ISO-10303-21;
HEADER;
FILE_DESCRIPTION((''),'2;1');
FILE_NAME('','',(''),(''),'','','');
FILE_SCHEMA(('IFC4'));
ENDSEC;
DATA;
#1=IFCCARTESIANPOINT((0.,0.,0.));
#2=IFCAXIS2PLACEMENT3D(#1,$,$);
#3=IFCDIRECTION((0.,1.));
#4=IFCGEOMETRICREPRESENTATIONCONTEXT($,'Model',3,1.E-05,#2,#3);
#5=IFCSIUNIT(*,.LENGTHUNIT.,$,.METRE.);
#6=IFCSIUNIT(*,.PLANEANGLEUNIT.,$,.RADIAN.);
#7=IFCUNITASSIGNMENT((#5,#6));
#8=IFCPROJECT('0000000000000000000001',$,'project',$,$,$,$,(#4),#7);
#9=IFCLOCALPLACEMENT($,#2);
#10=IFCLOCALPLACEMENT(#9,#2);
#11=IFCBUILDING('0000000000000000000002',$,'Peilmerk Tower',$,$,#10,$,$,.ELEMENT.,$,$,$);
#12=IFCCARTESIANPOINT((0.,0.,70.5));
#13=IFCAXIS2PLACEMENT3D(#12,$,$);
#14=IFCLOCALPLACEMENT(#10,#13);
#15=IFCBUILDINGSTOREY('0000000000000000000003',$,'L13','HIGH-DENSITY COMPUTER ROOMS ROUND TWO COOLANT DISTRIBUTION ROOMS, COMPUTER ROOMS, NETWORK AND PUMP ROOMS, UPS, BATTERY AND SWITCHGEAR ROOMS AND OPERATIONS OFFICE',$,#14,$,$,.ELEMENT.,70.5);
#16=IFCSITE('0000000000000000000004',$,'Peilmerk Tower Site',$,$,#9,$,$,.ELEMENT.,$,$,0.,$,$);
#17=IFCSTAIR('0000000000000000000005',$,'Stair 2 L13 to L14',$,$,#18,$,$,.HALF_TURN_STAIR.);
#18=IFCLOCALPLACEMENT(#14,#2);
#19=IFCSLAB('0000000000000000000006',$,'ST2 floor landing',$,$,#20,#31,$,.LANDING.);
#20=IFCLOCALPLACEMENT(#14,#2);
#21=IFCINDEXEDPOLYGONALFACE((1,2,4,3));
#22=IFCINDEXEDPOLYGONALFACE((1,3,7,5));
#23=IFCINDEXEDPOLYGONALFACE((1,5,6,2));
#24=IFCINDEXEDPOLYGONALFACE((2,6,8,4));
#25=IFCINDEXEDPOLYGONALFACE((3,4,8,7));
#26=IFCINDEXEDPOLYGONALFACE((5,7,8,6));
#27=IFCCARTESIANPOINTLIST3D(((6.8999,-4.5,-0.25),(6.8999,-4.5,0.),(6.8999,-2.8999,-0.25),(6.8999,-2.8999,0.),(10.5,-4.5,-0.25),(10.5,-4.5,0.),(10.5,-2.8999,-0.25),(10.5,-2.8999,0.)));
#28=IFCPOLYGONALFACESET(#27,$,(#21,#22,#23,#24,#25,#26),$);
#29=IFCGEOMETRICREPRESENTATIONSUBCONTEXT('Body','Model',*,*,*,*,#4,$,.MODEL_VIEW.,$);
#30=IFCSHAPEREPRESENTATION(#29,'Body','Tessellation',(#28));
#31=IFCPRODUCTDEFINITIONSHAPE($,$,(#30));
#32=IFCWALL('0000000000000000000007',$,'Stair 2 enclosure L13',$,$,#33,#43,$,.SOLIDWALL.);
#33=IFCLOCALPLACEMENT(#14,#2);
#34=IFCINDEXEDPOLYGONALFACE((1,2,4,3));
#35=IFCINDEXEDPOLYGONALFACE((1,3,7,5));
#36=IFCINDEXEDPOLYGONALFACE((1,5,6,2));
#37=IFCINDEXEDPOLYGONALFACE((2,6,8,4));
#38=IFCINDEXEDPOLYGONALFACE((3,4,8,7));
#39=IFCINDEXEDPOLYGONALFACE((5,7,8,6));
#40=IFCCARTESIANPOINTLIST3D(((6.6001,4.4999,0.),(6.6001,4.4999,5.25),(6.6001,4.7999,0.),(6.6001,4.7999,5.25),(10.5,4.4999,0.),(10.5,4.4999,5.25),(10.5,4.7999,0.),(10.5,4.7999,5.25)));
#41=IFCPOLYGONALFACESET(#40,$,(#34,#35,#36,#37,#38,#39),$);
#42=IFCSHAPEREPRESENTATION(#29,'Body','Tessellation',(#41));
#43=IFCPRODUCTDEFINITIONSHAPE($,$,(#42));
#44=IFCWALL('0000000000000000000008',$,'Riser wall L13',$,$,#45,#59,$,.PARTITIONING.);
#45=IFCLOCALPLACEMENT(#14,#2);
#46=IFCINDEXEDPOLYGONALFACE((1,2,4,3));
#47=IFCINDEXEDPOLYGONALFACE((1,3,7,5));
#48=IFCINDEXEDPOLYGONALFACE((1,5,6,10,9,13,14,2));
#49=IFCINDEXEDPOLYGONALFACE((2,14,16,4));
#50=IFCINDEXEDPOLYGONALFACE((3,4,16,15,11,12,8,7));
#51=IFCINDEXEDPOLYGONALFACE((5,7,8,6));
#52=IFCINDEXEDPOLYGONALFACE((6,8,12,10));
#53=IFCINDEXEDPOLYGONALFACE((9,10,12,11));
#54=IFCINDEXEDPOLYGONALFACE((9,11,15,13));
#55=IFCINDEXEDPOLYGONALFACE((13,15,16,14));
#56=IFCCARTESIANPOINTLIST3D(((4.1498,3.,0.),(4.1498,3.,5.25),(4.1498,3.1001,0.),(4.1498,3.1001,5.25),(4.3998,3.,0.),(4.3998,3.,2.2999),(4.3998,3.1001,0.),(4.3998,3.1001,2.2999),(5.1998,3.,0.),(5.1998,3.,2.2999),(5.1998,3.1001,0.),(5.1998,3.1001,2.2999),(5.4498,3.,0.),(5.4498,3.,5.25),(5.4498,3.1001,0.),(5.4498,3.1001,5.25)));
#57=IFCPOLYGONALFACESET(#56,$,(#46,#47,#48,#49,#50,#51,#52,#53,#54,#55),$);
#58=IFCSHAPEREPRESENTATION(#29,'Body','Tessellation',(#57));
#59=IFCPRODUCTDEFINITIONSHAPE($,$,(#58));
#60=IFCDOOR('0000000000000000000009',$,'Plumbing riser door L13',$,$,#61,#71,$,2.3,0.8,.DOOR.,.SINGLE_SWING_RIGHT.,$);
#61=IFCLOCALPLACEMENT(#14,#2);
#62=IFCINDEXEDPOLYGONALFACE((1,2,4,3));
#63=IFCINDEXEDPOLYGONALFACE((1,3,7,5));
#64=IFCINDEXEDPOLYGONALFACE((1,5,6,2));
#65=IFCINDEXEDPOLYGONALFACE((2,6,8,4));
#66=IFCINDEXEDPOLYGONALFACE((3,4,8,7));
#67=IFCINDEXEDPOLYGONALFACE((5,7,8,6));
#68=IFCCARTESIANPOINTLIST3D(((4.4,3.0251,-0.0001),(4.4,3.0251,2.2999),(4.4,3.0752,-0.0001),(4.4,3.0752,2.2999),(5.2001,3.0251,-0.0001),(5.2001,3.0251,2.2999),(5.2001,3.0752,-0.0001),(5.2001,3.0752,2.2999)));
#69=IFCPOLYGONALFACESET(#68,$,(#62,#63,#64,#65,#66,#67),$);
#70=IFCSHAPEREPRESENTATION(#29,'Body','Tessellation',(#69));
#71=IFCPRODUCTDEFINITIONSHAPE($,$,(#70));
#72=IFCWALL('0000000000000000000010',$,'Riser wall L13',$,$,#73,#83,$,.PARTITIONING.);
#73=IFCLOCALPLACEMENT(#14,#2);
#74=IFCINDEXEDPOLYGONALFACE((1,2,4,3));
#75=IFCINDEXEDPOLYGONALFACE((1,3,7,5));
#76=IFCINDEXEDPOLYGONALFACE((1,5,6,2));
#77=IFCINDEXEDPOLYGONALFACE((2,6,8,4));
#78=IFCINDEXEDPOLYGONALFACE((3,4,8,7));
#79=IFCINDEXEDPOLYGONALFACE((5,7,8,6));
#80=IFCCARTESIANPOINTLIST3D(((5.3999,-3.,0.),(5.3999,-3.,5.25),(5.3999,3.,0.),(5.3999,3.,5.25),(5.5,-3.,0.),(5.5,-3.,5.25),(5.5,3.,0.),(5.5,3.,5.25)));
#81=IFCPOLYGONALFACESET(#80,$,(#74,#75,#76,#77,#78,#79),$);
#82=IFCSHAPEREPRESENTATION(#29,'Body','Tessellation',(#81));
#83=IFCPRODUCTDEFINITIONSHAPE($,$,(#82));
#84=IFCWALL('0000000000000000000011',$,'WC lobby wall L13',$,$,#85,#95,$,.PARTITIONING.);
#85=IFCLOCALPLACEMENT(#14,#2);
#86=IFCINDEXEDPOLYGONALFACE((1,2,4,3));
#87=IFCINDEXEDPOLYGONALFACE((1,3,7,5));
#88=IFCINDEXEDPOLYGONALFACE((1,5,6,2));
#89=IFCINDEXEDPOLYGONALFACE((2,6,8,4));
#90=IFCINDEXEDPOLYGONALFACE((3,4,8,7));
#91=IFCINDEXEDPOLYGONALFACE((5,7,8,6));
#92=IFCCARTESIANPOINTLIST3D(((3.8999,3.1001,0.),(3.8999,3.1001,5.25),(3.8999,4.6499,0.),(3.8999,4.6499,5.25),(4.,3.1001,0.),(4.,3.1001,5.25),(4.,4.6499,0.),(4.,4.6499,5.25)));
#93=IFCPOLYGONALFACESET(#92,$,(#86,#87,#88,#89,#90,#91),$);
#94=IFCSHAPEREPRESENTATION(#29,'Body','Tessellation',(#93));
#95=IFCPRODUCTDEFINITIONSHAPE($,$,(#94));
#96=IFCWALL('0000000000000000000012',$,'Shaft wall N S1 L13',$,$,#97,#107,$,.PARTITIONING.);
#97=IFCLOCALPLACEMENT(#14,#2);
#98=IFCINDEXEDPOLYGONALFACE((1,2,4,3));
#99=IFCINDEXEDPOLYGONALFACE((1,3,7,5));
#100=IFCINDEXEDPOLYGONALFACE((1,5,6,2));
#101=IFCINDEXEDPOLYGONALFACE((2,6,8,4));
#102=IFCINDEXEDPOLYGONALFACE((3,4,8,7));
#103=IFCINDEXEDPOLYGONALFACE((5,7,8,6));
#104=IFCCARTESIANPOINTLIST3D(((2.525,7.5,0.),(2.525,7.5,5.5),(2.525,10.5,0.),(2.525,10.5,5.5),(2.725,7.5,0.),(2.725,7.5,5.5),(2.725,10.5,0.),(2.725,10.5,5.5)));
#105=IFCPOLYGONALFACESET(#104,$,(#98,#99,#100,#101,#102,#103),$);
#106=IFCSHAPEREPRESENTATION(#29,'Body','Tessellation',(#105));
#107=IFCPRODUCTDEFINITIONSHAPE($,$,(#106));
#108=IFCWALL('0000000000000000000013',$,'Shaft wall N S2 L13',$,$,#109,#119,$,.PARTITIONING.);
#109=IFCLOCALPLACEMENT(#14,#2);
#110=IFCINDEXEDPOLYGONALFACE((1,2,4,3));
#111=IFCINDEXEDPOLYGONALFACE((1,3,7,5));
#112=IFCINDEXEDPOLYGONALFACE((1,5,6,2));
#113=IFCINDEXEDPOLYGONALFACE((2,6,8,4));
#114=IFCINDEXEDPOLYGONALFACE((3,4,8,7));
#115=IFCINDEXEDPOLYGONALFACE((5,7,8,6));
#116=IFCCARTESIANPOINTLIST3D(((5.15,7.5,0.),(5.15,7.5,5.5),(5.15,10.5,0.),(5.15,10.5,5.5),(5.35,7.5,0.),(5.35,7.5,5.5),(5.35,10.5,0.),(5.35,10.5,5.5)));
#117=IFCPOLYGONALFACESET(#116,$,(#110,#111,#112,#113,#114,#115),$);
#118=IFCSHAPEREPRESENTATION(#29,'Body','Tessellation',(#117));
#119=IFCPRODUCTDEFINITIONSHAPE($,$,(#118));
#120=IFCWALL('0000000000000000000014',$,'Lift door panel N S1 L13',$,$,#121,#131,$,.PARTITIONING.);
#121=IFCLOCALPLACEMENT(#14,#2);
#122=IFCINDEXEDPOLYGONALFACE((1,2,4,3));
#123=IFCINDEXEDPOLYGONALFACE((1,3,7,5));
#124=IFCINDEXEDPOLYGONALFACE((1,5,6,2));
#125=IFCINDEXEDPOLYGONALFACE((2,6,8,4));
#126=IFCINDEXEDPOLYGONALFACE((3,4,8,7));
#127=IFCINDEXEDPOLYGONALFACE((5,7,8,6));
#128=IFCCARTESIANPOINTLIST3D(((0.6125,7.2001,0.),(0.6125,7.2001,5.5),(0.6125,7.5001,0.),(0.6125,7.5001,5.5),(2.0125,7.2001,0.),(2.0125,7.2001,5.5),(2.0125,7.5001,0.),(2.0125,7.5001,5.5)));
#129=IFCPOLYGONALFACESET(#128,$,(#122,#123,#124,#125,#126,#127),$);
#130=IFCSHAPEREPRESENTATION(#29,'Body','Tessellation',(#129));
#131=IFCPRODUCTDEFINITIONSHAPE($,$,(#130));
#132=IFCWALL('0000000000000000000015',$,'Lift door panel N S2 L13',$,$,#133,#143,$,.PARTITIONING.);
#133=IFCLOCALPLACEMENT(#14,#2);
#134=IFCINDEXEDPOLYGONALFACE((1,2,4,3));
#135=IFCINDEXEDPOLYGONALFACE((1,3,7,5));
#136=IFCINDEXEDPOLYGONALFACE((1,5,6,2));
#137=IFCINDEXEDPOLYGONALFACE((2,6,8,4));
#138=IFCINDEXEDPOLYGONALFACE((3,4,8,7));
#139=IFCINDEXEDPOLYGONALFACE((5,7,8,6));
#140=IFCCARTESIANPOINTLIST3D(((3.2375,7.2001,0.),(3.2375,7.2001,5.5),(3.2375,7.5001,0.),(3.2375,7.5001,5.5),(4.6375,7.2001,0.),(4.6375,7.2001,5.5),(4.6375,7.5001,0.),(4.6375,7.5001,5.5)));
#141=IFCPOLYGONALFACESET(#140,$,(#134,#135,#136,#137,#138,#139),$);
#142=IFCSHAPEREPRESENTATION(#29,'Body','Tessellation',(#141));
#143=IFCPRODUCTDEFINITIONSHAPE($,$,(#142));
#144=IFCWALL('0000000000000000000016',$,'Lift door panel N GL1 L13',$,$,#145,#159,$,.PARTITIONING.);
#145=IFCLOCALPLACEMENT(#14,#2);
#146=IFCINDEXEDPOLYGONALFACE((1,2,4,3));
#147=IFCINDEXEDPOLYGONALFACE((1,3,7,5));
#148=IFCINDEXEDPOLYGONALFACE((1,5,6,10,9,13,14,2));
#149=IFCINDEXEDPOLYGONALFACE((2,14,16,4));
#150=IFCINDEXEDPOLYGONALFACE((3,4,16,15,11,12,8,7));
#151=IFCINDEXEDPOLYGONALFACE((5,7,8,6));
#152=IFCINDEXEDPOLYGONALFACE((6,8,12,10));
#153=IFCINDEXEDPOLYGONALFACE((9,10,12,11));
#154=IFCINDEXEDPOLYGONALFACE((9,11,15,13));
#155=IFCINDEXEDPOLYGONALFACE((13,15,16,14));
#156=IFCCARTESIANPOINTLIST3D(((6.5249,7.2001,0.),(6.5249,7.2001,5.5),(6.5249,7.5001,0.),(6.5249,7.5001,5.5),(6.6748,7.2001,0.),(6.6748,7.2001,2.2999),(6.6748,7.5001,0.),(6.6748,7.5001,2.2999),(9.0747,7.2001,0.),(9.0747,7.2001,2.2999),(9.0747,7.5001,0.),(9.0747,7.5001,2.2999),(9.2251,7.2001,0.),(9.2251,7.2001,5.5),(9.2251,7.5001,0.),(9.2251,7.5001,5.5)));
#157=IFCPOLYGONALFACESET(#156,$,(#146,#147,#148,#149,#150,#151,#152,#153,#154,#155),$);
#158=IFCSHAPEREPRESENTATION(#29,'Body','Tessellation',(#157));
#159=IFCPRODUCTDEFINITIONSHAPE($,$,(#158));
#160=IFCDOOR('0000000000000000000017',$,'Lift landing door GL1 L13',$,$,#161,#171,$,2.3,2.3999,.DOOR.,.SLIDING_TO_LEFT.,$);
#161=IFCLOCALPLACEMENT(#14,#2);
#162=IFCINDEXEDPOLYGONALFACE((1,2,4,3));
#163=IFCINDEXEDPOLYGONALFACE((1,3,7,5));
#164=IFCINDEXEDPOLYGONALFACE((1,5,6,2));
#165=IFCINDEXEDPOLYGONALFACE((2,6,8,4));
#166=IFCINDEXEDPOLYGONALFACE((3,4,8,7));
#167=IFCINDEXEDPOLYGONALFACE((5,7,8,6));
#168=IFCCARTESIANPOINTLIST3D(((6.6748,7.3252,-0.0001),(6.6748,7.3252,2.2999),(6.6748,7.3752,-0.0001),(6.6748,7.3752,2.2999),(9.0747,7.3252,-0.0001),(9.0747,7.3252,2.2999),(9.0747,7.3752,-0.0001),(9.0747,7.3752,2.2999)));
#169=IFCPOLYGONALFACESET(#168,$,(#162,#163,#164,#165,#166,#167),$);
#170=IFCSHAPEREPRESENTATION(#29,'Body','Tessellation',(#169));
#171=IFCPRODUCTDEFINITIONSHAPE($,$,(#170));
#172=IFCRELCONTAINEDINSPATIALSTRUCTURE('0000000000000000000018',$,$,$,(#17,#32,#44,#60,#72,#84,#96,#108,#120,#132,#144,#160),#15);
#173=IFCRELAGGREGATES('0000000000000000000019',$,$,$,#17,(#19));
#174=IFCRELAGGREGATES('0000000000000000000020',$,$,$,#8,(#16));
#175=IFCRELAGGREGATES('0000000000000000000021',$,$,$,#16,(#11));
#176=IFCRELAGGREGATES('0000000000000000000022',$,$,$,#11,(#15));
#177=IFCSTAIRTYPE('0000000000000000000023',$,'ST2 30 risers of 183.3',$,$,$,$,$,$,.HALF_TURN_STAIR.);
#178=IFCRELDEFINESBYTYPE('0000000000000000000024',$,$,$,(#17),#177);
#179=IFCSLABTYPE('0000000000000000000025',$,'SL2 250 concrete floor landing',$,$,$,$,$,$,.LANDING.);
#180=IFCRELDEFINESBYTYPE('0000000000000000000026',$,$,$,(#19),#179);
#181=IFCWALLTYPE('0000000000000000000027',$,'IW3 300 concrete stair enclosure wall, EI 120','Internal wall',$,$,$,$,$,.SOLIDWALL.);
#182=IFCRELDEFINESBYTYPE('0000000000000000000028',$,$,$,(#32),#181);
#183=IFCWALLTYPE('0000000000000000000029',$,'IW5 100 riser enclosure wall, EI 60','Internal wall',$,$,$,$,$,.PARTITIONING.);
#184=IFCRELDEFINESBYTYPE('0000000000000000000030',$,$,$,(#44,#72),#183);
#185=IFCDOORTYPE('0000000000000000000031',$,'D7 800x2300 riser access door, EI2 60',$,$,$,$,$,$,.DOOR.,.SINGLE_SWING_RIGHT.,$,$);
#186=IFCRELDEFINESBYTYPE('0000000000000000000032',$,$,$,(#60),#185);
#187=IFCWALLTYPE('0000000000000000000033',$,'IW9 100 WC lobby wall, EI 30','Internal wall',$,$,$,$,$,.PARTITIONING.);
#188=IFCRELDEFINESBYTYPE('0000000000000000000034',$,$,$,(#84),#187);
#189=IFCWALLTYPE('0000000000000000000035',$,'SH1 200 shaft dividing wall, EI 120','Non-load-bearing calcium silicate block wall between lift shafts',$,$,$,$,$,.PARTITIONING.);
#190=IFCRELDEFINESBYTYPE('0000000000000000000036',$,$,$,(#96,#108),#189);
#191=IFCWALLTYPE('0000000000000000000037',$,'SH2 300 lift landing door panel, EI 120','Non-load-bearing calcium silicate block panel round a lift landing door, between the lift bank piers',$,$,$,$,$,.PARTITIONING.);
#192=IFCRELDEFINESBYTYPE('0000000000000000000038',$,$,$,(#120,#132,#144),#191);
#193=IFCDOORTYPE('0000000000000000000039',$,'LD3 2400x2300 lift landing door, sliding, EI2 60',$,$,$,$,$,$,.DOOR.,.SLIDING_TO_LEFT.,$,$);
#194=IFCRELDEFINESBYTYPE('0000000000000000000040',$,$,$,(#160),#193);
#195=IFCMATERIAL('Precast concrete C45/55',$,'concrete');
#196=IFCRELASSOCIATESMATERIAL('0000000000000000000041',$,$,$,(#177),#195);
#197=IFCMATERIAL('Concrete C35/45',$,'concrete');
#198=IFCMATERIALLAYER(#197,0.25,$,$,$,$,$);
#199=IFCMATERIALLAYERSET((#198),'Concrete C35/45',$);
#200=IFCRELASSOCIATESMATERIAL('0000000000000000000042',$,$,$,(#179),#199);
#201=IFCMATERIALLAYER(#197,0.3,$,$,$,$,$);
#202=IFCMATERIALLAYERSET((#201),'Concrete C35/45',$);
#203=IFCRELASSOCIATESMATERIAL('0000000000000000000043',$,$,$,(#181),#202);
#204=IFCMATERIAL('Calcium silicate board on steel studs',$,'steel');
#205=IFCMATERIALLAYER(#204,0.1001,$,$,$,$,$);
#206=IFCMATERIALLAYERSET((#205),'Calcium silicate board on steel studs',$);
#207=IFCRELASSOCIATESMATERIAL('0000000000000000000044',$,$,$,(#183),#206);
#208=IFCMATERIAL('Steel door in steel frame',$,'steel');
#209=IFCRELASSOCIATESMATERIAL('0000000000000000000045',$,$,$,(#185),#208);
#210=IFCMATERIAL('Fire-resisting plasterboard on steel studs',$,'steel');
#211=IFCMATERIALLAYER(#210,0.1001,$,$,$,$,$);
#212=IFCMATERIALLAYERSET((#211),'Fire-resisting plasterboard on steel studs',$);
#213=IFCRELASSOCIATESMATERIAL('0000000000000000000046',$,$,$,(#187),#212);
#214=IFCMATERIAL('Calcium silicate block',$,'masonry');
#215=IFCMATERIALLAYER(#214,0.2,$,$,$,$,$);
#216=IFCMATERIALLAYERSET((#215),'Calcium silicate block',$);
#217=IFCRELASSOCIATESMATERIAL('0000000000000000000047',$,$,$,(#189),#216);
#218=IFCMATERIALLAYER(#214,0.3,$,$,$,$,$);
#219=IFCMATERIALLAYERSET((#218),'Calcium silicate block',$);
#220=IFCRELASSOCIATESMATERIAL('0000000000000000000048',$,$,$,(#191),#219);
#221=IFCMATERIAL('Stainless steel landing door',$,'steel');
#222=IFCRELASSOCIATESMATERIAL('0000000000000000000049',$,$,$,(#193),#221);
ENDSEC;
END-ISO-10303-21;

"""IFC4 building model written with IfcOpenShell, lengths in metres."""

from ifc_helpers import new_model, si_unit, direction, frame, frame_2d, origin, place, context, subcontext, project, spatial, polyline, rectangle, outline, extrude, material, layer, layer_set, type_object, element, fill, aggregate, save


model = new_model("IFC4")

# Units and contexts
model_context = context("Model", 3, precision=1e-05, world=origin(), true_north=direction((0.0, 1.0)))
body_context = subcontext(model_context, "Body", "Model", "MODEL_VIEW")
ifc_project = project(units=[si_unit("LENGTHUNIT", "METRE"), si_unit("PLANEANGLEUNIT", "RADIAN")], contexts=[model_context])

# Site, building, storey
site_placement = place(None, origin())
site = spatial("IfcSite", under=ifc_project, at=site_placement, Name="Peilmerk Tower Site", CompositionType="ELEMENT", RefElevation=0.0)
building_placement = place(site_placement, origin())
building = spatial("IfcBuilding", under=site, at=building_placement, Name="Peilmerk Tower", CompositionType="ELEMENT")
storey_placement = place(building_placement, frame((0.0, 0.0, 70.5)))
storey = spatial("IfcBuildingStorey", under=building, at=storey_placement, Name="L13", Description="HIGH-DENSITY COMPUTER ROOMS ROUND TWO COOLANT DISTRIBUTION ROOMS, COMPUTER ROOMS, NETWORK AND PUMP ROOMS, UPS, BATTERY AND SWITCHGEAR ROOMS AND OPERATIONS OFFICE", CompositionType="ELEMENT", Elevation=70.5)

# Stair, slab
ifc_material_1 = material(Name="Precast concrete C45/55", Category="concrete")
stair_type = type_object("IfcStairType", Name="ST2 30 risers of 183.3", PredefinedType="HALF_TURN_STAIR", material=ifc_material_1)
stair_placement = place(storey_placement, origin())
stair = element("IfcStair", 1, at=stair_placement, inside=storey, type_object=stair_type, Name="Stair 2 L13 to L14", PredefinedType="HALF_TURN_STAIR")
ifc_material_2 = material(Name="Concrete C35/45", Category="concrete")
ifc_layer_1 = layer(ifc_material_2, 0.25)
ifc_layer_set_1 = layer_set([ifc_layer_1], Name="Concrete C35/45")
slab_type = type_object("IfcSlabType", Name="SL2 250 concrete floor landing", PredefinedType="LANDING", material=ifc_layer_set_1)
slab_placement = place(storey_placement, frame((0.0, 0.0, -0.25)))
slab = element("IfcSlab", 2, at=slab_placement, type_object=slab_type, Name="ST2 floor landing", PredefinedType="LANDING", context=body_context, shape_type="SweptSolid", body=[
    extrude(outline(polyline([(6.8999, -4.5), (10.5, -4.5), (10.5, -2.8999), (6.8999, -2.8999), (6.8999, -4.5)])), origin(), (0.0, 0.0, 1.0), 0.25),
])

# Wall
ifc_layer_2 = layer(ifc_material_2, 0.3)
ifc_layer_set_2 = layer_set([ifc_layer_2], Name="Concrete C35/45")
wall_type_1 = type_object("IfcWallType", Name="IW3 300 concrete stair enclosure wall, EI 120", Description="Internal wall", PredefinedType="SOLIDWALL", material=ifc_layer_set_2)
wall_1_placement = place(storey_placement, frame((6.6001, 4.6499, 0.0), z_axis=(0.0, 0.0, 1.0), x_axis=(1.0, 0.0, 0.0)))
element("IfcWall", 3, at=wall_1_placement, inside=storey, type_object=wall_type_1, Name="Stair 2 enclosure L13", PredefinedType="SOLIDWALL", context=body_context, shape_type="SweptSolid", body=[
    extrude(rectangle(XDim=3.8999, YDim=0.3, at=frame_2d((1.95, 0.0))), origin(), (0.0, 0.0, 1.0), 5.25),
])

# Wall, opening, door
ifc_material_3 = material(Name="Calcium silicate board on steel studs", Category="steel")
ifc_layer_3 = layer(ifc_material_3, 0.1001)
ifc_layer_set_3 = layer_set([ifc_layer_3], Name="Calcium silicate board on steel studs")
wall_type_2 = type_object("IfcWallType", Name="IW5 100 riser enclosure wall, EI 60", Description="Internal wall", PredefinedType="PARTITIONING", material=ifc_layer_set_3)
wall_2_placement = place(storey_placement, frame((4.1499, 3.05, 0.0), z_axis=(0.0, 0.0, 1.0), x_axis=(1.0, 0.0, 0.0)))
wall_2 = element("IfcWall", 4, at=wall_2_placement, inside=storey, type_object=wall_type_2, Name="Riser wall L13", PredefinedType="PARTITIONING", context=body_context, shape_type="SweptSolid", body=[
    extrude(rectangle(XDim=1.3, YDim=0.1001, at=frame_2d((0.6499, 0.0))), origin(), (0.0, 0.0, 1.0), 5.25),
])
opening_1_placement = place(wall_2_placement, frame((0.25, 0.0, 0.0)))
opening_1 = element("IfcOpeningElement", 5, at=opening_1_placement, cuts=wall_2, PredefinedType="OPENING", context=body_context, shape_type="SweptSolid", body=[
    extrude(rectangle(XDim=0.8, YDim=2.3, at=frame_2d((0.3999, 1.1499))), frame((0.0, 0.0601, 0.0), z_axis=(0.0, -1.0, 0.0), x_axis=(1.0, 0.0, 0.0)), (0.0, 0.0, 1.0), 0.1201),
])
ifc_material_4 = material(Name="Steel door in steel frame", Category="steel")
door_type_1 = type_object("IfcDoorType", Name="D7 800x2300 riser access door, EI2 60", OperationType="SINGLE_SWING_RIGHT", PredefinedType="DOOR", material=ifc_material_4)
door_1_placement = place(opening_1_placement, frame((0.8, 0.0, 0.0), z_axis=(0.0, 0.0, 1.0), x_axis=(-1.0, 0.0, 0.0)))
door_1 = element("IfcDoor", 6, at=door_1_placement, inside=storey, type_object=door_type_1, Name="Plumbing riser door L13", OperationType="SINGLE_SWING_RIGHT", OverallHeight=2.3, OverallWidth=0.8, PredefinedType="DOOR", context=body_context, shape_type="SweptSolid", body=[
    extrude(rectangle(XDim=0.8, YDim=2.3, at=frame_2d((0.3999, 1.1499))), frame((0.0, 0.0249, 0.0), z_axis=(0.0, -1.0, 0.0), x_axis=(1.0, 0.0, 0.0)), (0.0, 0.0, 1.0), 0.05),
])
fill(opening_1, door_1)

# Walls
wall_3_placement = place(storey_placement, frame((5.45, 3.0, 0.0), z_axis=(0.0, 0.0, 1.0), x_axis=(0.0, -1.0, 0.0)))
element("IfcWall", 7, at=wall_3_placement, inside=storey, type_object=wall_type_2, Name="Riser wall L13", PredefinedType="PARTITIONING", context=body_context, shape_type="SweptSolid", body=[
    extrude(rectangle(XDim=6.0, YDim=0.1001, at=frame_2d((3.0, 0.0))), origin(), (0.0, 0.0, 1.0), 5.25),
])
ifc_material_5 = material(Name="Fire-resisting plasterboard on steel studs", Category="steel")
ifc_layer_4 = layer(ifc_material_5, 0.1001)
ifc_layer_set_4 = layer_set([ifc_layer_4], Name="Fire-resisting plasterboard on steel studs")
wall_type_3 = type_object("IfcWallType", Name="IW9 100 WC lobby wall, EI 30", Description="Internal wall", PredefinedType="PARTITIONING", material=ifc_layer_set_4)
wall_4_placement = place(storey_placement, frame((3.95, 3.1001, 0.0), z_axis=(0.0, 0.0, 1.0), x_axis=(0.0, 1.0, 0.0)))
element("IfcWall", 8, at=wall_4_placement, inside=storey, type_object=wall_type_3, Name="WC lobby wall L13", PredefinedType="PARTITIONING", context=body_context, shape_type="SweptSolid", body=[
    extrude(rectangle(XDim=1.5498, YDim=0.1001, at=frame_2d((0.7749, 0.0))), origin(), (0.0, 0.0, 1.0), 5.25),
])
ifc_material_6 = material(Name="Calcium silicate block", Category="masonry")
ifc_layer_5 = layer(ifc_material_6, 0.2)
ifc_layer_set_5 = layer_set([ifc_layer_5], Name="Calcium silicate block")
wall_type_4 = type_object("IfcWallType", Name="SH1 200 shaft dividing wall, EI 120", Description="Non-load-bearing calcium silicate block wall between lift shafts", PredefinedType="PARTITIONING", material=ifc_layer_set_5)
for number, where, z_axis, x_axis, name in (
    (9, (2.625, 7.5, 0.0), (0.0, 0.0, 1.0), (0.0, 1.0, 0.0), "Shaft wall N S1 L13"),
    (10, (5.25, 7.5, 0.0), (0.0, 0.0, 1.0), (0.0, 1.0, 0.0), "Shaft wall N S2 L13"),
):
    element("IfcWall", number, at=place(storey_placement, frame(where, z_axis=z_axis, x_axis=x_axis)), inside=storey, type_object=wall_type_4, Name=name, PredefinedType="PARTITIONING", context=body_context, shape_type="SweptSolid", body=[
        extrude(rectangle(XDim=3.0, YDim=0.2, at=frame_2d((1.5, 0.0))), origin(), (0.0, 0.0, 1.0), 5.5),
    ])
ifc_layer_6 = layer(ifc_material_6, 0.3)
ifc_layer_set_6 = layer_set([ifc_layer_6], Name="Calcium silicate block")
wall_type_5 = type_object("IfcWallType", Name="SH2 300 lift landing door panel, EI 120", Description="Non-load-bearing calcium silicate block panel round a lift landing door, between the lift bank piers", PredefinedType="PARTITIONING", material=ifc_layer_set_6)
for number, where, z_axis, x_axis, name in (
    (11, (0.6125, 7.3501, 0.0), (0.0, 0.0, 1.0), (1.0, 0.0, 0.0), "Lift door panel N S1 L13"),
    (12, (3.2375, 7.3501, 0.0), (0.0, 0.0, 1.0), (1.0, 0.0, 0.0), "Lift door panel N S2 L13"),
):
    element("IfcWall", number, at=place(storey_placement, frame(where, z_axis=z_axis, x_axis=x_axis)), inside=storey, type_object=wall_type_5, Name=name, PredefinedType="PARTITIONING", context=body_context, shape_type="SweptSolid", body=[
        extrude(rectangle(XDim=1.3999, YDim=0.3, at=frame_2d((0.7, 0.0))), origin(), (0.0, 0.0, 1.0), 5.5),
    ])

# Wall, opening, door
wall_5_placement = place(storey_placement, frame((6.5249, 7.3501, 0.0), z_axis=(0.0, 0.0, 1.0), x_axis=(1.0, 0.0, 0.0)))
wall_5 = element("IfcWall", 13, at=wall_5_placement, inside=storey, type_object=wall_type_5, Name="Lift door panel N GL1 L13", PredefinedType="PARTITIONING", context=body_context, shape_type="SweptSolid", body=[
    extrude(rectangle(XDim=2.7002, YDim=0.3, at=frame_2d((1.3501, 0.0))), origin(), (0.0, 0.0, 1.0), 5.5),
])
opening_2_placement = place(wall_5_placement, frame((0.1499, 0.0, 0.0)))
opening_2 = element("IfcOpeningElement", 14, at=opening_2_placement, cuts=wall_5, PredefinedType="OPENING", context=body_context, shape_type="SweptSolid", body=[
    extrude(rectangle(XDim=2.3999, YDim=2.3, at=frame_2d((1.2, 1.1499))), frame((0.0, 0.1599, 0.0), z_axis=(0.0, -1.0, 0.0), x_axis=(1.0, 0.0, 0.0)), (0.0, 0.0, 1.0), 0.3201),
])
ifc_material_7 = material(Name="Stainless steel landing door", Category="steel")
door_type_2 = type_object("IfcDoorType", Name="LD3 2400x2300 lift landing door, sliding, EI2 60", OperationType="SLIDING_TO_LEFT", PredefinedType="DOOR", material=ifc_material_7)
door_2_placement = place(opening_2_placement, frame((2.3999, 0.0, 0.0), z_axis=(0.0, 0.0, 1.0), x_axis=(-1.0, 0.0, 0.0)))
door_2 = element("IfcDoor", 15, at=door_2_placement, inside=storey, type_object=door_type_2, Name="Lift landing door GL1 L13", OperationType="SLIDING_TO_LEFT", OverallHeight=2.3, OverallWidth=2.3999, PredefinedType="DOOR", context=body_context, shape_type="SweptSolid", body=[
    extrude(rectangle(XDim=2.3999, YDim=2.3, at=frame_2d((1.2, 1.1499))), frame((0.0, 0.0249, 0.0), z_axis=(0.0, -1.0, 0.0), x_axis=(1.0, 0.0, 0.0)), (0.0, 0.0, 1.0), 0.05),
])
fill(opening_2, door_2)

aggregate(stair, [slab])

save(model, "model.ifc")
